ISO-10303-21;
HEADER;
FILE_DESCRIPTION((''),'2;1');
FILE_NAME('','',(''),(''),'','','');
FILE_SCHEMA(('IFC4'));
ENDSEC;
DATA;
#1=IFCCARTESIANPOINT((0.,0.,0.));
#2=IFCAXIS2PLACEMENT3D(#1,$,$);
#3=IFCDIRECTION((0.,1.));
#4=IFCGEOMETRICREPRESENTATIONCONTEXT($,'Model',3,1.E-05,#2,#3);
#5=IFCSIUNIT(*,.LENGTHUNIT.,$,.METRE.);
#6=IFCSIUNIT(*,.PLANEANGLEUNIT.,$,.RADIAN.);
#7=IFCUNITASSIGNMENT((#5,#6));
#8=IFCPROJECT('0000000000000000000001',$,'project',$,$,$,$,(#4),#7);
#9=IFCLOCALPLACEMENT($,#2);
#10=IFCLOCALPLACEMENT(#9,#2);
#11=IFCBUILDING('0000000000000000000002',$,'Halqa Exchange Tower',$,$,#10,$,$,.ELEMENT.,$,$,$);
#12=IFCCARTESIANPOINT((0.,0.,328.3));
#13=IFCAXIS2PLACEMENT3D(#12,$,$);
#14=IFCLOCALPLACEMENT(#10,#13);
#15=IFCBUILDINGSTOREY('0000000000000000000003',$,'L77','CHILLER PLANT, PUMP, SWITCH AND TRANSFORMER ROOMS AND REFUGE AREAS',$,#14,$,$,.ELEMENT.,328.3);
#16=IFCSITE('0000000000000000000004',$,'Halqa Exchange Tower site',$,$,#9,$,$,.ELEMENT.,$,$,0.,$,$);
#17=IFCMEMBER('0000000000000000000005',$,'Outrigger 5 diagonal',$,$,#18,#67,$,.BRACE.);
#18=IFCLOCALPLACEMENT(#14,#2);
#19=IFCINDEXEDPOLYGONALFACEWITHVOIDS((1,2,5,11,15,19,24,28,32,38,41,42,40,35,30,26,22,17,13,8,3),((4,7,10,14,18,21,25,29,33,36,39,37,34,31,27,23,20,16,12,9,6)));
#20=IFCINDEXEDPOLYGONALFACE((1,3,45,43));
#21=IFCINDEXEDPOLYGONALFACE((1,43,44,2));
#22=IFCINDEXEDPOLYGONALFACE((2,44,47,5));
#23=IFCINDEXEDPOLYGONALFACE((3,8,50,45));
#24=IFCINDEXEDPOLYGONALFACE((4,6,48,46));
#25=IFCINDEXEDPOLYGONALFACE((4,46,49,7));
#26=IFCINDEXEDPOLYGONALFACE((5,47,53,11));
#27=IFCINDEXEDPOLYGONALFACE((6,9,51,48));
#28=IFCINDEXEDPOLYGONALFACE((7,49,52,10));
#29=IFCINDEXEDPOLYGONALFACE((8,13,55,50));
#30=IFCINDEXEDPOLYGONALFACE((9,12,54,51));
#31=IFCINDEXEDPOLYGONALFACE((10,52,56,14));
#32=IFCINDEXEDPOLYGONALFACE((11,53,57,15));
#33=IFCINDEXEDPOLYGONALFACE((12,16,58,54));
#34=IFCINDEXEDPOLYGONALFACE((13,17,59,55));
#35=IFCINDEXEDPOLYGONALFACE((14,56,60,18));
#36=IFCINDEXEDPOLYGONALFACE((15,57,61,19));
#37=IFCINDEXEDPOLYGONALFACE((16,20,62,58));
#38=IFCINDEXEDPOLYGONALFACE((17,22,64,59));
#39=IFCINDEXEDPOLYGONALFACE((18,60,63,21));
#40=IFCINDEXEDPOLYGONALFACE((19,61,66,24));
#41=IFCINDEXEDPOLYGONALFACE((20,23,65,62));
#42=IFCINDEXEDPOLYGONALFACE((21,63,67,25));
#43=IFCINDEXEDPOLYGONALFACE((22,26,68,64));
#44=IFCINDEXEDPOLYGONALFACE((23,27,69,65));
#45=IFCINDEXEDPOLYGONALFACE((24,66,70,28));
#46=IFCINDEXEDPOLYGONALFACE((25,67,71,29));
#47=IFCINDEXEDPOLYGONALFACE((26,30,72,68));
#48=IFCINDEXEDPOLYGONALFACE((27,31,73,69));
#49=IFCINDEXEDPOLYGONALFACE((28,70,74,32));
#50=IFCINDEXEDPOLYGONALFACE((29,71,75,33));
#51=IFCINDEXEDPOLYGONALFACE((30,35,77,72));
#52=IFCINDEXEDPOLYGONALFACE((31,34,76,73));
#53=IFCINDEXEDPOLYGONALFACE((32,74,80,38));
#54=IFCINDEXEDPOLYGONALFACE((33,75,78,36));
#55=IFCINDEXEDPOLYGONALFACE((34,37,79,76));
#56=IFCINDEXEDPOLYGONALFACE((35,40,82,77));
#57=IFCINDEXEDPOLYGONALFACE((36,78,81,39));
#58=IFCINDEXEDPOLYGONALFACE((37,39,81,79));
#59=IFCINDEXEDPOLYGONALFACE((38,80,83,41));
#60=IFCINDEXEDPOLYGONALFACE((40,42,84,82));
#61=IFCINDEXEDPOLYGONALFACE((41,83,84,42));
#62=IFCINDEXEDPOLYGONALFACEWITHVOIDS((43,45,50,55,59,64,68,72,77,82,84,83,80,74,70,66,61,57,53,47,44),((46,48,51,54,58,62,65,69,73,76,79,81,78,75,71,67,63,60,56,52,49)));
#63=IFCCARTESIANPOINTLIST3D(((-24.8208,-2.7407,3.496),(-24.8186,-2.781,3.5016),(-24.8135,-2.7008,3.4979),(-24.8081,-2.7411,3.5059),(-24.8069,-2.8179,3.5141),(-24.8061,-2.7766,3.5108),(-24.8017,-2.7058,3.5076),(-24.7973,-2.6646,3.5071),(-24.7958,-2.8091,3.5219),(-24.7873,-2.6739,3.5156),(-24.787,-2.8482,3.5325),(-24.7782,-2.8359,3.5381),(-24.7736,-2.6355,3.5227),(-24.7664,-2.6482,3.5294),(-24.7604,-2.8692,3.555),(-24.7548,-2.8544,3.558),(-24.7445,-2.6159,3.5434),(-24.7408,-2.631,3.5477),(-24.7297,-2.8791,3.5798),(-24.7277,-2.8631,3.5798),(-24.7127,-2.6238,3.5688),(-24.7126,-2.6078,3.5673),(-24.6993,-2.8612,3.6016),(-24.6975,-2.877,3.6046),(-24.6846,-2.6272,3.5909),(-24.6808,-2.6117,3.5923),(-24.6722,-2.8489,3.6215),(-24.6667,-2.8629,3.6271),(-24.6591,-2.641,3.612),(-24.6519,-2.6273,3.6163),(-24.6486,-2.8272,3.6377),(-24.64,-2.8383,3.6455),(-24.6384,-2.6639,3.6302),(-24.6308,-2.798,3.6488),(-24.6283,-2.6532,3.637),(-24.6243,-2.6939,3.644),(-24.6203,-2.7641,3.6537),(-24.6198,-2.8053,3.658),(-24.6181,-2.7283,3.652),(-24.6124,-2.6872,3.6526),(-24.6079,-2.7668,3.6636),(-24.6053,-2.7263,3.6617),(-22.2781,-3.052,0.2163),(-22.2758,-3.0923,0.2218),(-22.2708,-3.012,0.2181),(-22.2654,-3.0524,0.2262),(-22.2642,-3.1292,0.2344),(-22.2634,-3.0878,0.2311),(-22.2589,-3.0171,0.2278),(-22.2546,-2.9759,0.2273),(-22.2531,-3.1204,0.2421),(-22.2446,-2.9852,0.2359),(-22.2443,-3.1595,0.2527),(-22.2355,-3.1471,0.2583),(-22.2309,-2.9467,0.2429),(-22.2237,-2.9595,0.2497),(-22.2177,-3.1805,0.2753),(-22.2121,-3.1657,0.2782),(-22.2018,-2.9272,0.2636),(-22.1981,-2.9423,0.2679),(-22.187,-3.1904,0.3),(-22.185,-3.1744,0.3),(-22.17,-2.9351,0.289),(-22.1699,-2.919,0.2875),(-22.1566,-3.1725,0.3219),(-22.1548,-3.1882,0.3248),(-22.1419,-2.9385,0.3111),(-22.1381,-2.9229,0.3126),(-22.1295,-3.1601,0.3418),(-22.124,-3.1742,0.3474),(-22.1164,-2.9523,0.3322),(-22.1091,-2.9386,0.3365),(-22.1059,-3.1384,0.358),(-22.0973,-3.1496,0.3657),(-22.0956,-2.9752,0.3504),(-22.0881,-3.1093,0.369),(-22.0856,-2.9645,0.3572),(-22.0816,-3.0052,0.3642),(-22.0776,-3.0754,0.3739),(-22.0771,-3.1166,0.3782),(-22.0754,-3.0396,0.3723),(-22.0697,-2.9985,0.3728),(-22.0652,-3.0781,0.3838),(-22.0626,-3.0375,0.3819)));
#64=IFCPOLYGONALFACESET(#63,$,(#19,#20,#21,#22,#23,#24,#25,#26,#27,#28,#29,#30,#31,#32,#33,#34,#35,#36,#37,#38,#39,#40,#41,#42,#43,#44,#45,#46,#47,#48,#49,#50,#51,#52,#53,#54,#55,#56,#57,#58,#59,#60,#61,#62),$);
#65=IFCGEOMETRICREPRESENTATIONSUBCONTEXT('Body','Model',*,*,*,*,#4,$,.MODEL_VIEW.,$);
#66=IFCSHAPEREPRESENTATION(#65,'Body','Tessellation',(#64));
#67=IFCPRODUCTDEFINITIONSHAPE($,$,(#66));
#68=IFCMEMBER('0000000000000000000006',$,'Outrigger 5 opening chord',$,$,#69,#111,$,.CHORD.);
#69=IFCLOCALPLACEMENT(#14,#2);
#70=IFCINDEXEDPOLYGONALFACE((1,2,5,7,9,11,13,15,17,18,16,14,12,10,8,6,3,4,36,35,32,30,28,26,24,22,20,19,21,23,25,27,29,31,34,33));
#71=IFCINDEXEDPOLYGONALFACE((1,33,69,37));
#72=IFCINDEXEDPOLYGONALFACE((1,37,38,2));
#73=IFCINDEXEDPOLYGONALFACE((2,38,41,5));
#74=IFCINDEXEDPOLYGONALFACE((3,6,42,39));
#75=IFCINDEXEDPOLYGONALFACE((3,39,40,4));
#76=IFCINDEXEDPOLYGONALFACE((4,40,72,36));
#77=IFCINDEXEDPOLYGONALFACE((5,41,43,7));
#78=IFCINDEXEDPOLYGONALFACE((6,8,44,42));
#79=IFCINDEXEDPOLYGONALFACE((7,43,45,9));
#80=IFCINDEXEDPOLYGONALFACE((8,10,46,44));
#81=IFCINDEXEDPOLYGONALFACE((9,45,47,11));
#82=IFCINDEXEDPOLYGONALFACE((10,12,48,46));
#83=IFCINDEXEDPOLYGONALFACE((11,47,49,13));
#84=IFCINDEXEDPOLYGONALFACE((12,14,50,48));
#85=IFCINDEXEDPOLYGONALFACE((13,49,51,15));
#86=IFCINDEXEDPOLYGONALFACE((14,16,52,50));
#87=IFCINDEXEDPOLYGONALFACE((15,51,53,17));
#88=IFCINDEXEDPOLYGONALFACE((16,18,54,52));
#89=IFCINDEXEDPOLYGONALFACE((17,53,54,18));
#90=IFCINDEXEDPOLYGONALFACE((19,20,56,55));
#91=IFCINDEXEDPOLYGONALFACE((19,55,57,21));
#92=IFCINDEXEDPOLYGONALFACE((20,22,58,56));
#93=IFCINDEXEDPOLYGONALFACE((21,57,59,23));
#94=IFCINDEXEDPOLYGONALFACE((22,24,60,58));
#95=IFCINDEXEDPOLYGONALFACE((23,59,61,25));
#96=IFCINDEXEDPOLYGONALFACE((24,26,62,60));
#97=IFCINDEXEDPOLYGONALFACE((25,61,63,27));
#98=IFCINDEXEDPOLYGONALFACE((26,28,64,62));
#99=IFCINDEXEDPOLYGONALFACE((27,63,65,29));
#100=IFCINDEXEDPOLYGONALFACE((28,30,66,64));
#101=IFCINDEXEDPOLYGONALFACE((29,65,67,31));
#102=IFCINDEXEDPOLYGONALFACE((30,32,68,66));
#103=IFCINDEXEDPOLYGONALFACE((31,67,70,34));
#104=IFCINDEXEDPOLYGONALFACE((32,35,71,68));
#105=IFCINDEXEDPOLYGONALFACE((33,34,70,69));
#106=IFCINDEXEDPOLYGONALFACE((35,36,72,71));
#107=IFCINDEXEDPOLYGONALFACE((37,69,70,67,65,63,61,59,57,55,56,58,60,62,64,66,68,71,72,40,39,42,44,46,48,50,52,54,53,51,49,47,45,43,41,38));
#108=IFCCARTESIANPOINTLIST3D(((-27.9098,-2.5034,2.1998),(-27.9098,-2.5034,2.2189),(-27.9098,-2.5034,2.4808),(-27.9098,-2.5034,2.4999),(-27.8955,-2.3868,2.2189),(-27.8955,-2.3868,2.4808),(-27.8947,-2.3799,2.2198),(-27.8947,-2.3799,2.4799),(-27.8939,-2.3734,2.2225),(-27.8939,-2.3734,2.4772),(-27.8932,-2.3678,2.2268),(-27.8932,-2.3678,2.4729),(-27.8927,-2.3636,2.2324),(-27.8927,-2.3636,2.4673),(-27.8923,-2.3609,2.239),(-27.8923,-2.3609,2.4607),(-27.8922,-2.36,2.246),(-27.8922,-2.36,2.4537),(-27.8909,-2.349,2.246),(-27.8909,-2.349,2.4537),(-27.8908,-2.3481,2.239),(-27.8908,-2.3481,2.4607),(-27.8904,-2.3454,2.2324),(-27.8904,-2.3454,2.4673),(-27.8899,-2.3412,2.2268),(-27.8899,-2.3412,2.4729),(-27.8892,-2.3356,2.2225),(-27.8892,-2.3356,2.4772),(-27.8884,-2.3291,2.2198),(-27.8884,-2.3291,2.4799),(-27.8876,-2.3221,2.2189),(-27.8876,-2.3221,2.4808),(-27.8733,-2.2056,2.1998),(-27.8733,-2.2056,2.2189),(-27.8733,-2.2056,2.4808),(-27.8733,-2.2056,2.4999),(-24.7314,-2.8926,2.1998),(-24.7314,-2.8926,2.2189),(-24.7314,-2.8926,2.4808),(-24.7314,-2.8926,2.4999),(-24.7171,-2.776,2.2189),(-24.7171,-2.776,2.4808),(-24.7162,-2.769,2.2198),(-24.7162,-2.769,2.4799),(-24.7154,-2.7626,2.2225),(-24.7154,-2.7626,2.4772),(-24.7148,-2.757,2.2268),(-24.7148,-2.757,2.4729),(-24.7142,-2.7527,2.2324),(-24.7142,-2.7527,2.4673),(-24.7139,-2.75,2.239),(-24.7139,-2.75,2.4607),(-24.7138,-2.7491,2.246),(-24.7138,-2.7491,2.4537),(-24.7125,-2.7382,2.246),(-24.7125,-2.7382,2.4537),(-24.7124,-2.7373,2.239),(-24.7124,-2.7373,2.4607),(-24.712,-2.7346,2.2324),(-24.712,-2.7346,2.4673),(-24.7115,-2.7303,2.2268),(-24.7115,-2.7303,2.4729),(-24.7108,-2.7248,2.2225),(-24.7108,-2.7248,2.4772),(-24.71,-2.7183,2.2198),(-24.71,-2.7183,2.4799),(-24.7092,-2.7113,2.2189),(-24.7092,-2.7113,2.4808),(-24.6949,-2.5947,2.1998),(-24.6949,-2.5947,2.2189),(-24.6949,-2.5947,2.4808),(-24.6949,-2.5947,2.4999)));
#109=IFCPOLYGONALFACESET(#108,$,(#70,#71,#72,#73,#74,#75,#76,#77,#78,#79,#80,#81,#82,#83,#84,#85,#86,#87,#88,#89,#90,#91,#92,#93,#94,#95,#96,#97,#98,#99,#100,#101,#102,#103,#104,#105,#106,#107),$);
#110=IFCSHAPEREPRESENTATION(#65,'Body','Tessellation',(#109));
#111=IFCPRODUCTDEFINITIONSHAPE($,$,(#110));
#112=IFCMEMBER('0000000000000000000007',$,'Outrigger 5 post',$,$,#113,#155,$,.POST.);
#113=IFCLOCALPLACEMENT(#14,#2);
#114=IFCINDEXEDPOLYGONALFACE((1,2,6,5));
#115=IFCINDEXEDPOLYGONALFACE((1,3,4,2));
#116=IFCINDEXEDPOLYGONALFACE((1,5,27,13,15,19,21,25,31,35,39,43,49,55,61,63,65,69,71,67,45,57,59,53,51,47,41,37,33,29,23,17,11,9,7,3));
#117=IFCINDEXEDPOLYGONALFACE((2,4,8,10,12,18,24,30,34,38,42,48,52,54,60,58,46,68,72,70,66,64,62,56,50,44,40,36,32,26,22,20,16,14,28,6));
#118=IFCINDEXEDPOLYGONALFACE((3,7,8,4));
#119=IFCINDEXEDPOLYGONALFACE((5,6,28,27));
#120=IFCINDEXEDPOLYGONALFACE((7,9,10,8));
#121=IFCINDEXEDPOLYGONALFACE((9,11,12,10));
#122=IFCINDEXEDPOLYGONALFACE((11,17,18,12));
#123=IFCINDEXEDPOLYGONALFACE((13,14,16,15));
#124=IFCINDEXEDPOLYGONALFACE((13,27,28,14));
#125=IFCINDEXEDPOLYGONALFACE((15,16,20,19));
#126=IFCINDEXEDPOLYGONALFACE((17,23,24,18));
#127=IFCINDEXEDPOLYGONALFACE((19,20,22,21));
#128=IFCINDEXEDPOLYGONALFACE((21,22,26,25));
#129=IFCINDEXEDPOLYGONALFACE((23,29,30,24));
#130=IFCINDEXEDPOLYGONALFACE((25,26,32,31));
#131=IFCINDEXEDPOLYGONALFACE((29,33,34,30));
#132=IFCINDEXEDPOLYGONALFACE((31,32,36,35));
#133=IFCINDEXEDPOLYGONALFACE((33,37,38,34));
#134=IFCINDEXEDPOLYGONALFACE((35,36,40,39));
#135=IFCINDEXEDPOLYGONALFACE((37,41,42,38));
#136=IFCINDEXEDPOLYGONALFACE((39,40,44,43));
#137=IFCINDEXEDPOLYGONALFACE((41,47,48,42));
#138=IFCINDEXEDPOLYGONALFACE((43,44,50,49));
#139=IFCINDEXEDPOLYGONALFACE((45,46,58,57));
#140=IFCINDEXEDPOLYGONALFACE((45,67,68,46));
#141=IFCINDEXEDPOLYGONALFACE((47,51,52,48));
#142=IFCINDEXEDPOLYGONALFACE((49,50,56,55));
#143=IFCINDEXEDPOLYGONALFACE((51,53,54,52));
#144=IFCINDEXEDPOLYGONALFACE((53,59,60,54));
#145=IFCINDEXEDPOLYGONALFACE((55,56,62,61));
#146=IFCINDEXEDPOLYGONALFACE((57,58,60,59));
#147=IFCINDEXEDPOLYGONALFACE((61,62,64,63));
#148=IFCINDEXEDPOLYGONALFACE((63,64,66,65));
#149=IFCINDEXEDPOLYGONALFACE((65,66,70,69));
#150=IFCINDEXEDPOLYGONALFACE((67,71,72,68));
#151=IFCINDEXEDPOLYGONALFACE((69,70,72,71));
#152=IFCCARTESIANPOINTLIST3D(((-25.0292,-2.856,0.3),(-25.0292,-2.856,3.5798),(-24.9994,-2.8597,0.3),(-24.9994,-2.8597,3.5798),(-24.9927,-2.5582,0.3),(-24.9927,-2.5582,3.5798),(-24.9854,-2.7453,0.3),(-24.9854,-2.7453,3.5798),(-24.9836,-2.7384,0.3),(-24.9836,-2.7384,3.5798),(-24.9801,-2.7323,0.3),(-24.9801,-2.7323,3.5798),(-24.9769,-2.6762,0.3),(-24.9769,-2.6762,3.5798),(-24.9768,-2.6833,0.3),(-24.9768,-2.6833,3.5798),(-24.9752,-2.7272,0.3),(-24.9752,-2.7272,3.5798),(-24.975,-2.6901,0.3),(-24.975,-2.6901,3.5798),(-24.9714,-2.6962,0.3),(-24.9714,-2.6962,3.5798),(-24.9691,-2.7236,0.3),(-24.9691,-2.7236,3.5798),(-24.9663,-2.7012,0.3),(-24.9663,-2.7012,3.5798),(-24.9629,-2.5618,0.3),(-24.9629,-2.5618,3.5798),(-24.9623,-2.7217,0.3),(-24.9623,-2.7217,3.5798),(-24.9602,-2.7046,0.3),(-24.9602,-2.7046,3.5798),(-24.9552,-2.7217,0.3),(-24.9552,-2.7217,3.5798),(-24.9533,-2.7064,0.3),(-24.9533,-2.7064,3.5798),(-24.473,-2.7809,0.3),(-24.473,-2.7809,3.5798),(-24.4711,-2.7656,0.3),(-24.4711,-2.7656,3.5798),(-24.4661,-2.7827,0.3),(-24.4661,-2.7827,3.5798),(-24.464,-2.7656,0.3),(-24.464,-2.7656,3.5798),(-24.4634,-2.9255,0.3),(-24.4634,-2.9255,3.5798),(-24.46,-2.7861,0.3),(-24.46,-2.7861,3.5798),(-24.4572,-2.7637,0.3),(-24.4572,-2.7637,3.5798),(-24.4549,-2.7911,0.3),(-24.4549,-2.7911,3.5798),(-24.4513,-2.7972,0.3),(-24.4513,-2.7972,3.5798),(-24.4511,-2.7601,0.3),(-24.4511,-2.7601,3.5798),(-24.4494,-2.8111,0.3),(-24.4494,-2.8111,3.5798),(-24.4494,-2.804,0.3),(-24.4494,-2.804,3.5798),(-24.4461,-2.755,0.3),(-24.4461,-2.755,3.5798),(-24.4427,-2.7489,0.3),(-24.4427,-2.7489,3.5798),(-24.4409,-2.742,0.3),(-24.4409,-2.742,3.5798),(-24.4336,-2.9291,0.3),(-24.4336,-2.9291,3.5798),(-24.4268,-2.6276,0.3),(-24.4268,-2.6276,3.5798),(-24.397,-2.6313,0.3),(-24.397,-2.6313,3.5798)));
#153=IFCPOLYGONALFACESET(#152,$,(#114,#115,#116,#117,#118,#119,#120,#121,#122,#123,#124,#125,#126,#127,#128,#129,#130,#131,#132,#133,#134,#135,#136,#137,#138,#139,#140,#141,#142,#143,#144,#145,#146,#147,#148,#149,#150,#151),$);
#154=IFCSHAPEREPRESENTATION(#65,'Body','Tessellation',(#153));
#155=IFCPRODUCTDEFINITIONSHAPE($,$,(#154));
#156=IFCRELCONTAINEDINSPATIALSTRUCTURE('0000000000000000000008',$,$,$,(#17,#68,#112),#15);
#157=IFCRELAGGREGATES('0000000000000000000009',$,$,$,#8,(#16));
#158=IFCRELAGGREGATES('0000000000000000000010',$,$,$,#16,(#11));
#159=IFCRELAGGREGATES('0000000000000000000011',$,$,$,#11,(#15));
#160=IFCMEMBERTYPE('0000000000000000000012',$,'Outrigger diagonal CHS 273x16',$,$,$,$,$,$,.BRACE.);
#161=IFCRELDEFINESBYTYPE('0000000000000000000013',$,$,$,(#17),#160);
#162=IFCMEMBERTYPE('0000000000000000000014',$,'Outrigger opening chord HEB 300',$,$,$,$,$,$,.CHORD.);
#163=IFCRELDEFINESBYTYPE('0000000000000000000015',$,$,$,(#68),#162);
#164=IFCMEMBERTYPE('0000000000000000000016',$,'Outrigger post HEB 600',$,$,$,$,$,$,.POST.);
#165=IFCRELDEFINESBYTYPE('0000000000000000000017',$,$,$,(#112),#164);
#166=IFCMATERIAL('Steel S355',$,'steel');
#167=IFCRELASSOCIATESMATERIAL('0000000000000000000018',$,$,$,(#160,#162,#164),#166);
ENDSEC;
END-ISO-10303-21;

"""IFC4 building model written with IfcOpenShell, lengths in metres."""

from ifc_helpers import new_model, si_unit, direction, frame, origin, origin_2d, place, context, subcontext, project, spatial, hollow_circle, i_section, extrude, material, material_profile, profile_set, type_object, element, save


model = new_model("IFC4")

# Units and contexts
model_context = context("Model", 3, precision=1e-05, world=origin(), true_north=direction((0.0, 1.0)))
body_context = subcontext(model_context, "Body", "Model", "MODEL_VIEW")
ifc_project = project(units=[si_unit("LENGTHUNIT", "METRE"), si_unit("PLANEANGLEUNIT", "RADIAN")], contexts=[model_context])

# Site, building, storey
site_placement = place(None, origin())
site = spatial("IfcSite", under=ifc_project, at=site_placement, Name="Halqa Exchange Tower site", CompositionType="ELEMENT", RefElevation=0.0)
building_placement = place(site_placement, origin())
building = spatial("IfcBuilding", under=site, at=building_placement, Name="Halqa Exchange Tower", CompositionType="ELEMENT")
storey_placement = place(building_placement, frame((0.0, 0.0, 328.3)))
storey = spatial("IfcBuildingStorey", under=building, at=storey_placement, Name="L77", Description="CHILLER PLANT, PUMP, SWITCH AND TRANSFORMER ROOMS AND REFUGE AREAS", CompositionType="ELEMENT", Elevation=328.3)

# Members
ifc_material_1 = material(Name="Steel S355", Category="steel")
ifc_material_profile_1 = material_profile(ifc_material_1, hollow_circle(Radius=0.1365, WallThickness=0.0161, at=origin_2d()), Name="CHS 273x16")
ifc_profile_set_1 = profile_set([ifc_material_profile_1], Name="Steel S355")
member_type_1 = type_object("IfcMemberType", Name="Outrigger diagonal CHS 273x16", PredefinedType="BRACE", material=ifc_profile_set_1)
for number, where, z_axis, x_axis, name in (
    (1, (-22.1704, -3.0549, 0.3), (-0.610989, 0.074797, 0.788097), (-0.121512, -0.99259, 0.0), "Outrigger 5 diagonal"),
):
    element("IfcMember", number, at=place(storey_placement, frame(where, z_axis=z_axis, x_axis=x_axis)), inside=storey, type_object=member_type_1, Name=name, PredefinedType="BRACE", context=body_context, shape_type="SweptSolid", body=[
        extrude(hollow_circle(Radius=0.1365, WallThickness=0.0161, at=origin_2d()), origin(), (0.0, 0.0, 1.0), 4.1616),
    ])
ifc_material_profile_2 = material_profile(ifc_material_1, i_section(OverallWidth=0.3, OverallDepth=0.3, WebThickness=0.011, FlangeThickness=0.019, FilletRadius=0.0271, at=origin_2d()), Name="HEB 300")
ifc_profile_set_2 = profile_set([ifc_material_profile_2], Name="Steel S355")
member_type_2 = type_object("IfcMemberType", Name="Outrigger opening chord HEB 300", PredefinedType="CHORD", material=ifc_profile_set_2)
member_1_placement = place(storey_placement, frame((-24.7131, -2.7437, 2.3499), z_axis=(-0.992588, 0.121529, 0.0), x_axis=(-0.121529, -0.992588, 0.0)))
element("IfcMember", 2, at=member_1_placement, inside=storey, type_object=member_type_2, Name="Outrigger 5 opening chord", PredefinedType="CHORD", context=body_context, shape_type="SweptSolid", body=[
    extrude(i_section(OverallWidth=0.3, OverallDepth=0.3, WebThickness=0.011, FlangeThickness=0.019, FilletRadius=0.0271, at=origin_2d()), origin(), (0.0, 0.0, 1.0), 3.2021),
])
ifc_material_profile_3 = material_profile(ifc_material_1, i_section(OverallWidth=0.3, OverallDepth=0.6001, WebThickness=0.0154, FlangeThickness=0.03, FilletRadius=0.0271, at=origin_2d()), Name="HEB 600")
ifc_profile_set_3 = profile_set([ifc_material_profile_3], Name="Steel S355")
member_type_3 = type_object("IfcMemberType", Name="Outrigger post HEB 600", PredefinedType="POST", material=ifc_profile_set_3)
member_2_placement = place(storey_placement, frame((-24.7131, -2.7437, 0.3), z_axis=(0.0, 0.0, 1.0), x_axis=(-0.121852, -0.992548, 0.0)))
element("IfcMember", 3, at=member_2_placement, inside=storey, type_object=member_type_3, Name="Outrigger 5 post", PredefinedType="POST", context=body_context, shape_type="SweptSolid", body=[
    extrude(i_section(OverallWidth=0.3, OverallDepth=0.6001, WebThickness=0.0154, FlangeThickness=0.03, FilletRadius=0.0271, at=origin_2d()), origin(), (0.0, 0.0, 1.0), 3.2798),
])

save(model, "model.ifc")
